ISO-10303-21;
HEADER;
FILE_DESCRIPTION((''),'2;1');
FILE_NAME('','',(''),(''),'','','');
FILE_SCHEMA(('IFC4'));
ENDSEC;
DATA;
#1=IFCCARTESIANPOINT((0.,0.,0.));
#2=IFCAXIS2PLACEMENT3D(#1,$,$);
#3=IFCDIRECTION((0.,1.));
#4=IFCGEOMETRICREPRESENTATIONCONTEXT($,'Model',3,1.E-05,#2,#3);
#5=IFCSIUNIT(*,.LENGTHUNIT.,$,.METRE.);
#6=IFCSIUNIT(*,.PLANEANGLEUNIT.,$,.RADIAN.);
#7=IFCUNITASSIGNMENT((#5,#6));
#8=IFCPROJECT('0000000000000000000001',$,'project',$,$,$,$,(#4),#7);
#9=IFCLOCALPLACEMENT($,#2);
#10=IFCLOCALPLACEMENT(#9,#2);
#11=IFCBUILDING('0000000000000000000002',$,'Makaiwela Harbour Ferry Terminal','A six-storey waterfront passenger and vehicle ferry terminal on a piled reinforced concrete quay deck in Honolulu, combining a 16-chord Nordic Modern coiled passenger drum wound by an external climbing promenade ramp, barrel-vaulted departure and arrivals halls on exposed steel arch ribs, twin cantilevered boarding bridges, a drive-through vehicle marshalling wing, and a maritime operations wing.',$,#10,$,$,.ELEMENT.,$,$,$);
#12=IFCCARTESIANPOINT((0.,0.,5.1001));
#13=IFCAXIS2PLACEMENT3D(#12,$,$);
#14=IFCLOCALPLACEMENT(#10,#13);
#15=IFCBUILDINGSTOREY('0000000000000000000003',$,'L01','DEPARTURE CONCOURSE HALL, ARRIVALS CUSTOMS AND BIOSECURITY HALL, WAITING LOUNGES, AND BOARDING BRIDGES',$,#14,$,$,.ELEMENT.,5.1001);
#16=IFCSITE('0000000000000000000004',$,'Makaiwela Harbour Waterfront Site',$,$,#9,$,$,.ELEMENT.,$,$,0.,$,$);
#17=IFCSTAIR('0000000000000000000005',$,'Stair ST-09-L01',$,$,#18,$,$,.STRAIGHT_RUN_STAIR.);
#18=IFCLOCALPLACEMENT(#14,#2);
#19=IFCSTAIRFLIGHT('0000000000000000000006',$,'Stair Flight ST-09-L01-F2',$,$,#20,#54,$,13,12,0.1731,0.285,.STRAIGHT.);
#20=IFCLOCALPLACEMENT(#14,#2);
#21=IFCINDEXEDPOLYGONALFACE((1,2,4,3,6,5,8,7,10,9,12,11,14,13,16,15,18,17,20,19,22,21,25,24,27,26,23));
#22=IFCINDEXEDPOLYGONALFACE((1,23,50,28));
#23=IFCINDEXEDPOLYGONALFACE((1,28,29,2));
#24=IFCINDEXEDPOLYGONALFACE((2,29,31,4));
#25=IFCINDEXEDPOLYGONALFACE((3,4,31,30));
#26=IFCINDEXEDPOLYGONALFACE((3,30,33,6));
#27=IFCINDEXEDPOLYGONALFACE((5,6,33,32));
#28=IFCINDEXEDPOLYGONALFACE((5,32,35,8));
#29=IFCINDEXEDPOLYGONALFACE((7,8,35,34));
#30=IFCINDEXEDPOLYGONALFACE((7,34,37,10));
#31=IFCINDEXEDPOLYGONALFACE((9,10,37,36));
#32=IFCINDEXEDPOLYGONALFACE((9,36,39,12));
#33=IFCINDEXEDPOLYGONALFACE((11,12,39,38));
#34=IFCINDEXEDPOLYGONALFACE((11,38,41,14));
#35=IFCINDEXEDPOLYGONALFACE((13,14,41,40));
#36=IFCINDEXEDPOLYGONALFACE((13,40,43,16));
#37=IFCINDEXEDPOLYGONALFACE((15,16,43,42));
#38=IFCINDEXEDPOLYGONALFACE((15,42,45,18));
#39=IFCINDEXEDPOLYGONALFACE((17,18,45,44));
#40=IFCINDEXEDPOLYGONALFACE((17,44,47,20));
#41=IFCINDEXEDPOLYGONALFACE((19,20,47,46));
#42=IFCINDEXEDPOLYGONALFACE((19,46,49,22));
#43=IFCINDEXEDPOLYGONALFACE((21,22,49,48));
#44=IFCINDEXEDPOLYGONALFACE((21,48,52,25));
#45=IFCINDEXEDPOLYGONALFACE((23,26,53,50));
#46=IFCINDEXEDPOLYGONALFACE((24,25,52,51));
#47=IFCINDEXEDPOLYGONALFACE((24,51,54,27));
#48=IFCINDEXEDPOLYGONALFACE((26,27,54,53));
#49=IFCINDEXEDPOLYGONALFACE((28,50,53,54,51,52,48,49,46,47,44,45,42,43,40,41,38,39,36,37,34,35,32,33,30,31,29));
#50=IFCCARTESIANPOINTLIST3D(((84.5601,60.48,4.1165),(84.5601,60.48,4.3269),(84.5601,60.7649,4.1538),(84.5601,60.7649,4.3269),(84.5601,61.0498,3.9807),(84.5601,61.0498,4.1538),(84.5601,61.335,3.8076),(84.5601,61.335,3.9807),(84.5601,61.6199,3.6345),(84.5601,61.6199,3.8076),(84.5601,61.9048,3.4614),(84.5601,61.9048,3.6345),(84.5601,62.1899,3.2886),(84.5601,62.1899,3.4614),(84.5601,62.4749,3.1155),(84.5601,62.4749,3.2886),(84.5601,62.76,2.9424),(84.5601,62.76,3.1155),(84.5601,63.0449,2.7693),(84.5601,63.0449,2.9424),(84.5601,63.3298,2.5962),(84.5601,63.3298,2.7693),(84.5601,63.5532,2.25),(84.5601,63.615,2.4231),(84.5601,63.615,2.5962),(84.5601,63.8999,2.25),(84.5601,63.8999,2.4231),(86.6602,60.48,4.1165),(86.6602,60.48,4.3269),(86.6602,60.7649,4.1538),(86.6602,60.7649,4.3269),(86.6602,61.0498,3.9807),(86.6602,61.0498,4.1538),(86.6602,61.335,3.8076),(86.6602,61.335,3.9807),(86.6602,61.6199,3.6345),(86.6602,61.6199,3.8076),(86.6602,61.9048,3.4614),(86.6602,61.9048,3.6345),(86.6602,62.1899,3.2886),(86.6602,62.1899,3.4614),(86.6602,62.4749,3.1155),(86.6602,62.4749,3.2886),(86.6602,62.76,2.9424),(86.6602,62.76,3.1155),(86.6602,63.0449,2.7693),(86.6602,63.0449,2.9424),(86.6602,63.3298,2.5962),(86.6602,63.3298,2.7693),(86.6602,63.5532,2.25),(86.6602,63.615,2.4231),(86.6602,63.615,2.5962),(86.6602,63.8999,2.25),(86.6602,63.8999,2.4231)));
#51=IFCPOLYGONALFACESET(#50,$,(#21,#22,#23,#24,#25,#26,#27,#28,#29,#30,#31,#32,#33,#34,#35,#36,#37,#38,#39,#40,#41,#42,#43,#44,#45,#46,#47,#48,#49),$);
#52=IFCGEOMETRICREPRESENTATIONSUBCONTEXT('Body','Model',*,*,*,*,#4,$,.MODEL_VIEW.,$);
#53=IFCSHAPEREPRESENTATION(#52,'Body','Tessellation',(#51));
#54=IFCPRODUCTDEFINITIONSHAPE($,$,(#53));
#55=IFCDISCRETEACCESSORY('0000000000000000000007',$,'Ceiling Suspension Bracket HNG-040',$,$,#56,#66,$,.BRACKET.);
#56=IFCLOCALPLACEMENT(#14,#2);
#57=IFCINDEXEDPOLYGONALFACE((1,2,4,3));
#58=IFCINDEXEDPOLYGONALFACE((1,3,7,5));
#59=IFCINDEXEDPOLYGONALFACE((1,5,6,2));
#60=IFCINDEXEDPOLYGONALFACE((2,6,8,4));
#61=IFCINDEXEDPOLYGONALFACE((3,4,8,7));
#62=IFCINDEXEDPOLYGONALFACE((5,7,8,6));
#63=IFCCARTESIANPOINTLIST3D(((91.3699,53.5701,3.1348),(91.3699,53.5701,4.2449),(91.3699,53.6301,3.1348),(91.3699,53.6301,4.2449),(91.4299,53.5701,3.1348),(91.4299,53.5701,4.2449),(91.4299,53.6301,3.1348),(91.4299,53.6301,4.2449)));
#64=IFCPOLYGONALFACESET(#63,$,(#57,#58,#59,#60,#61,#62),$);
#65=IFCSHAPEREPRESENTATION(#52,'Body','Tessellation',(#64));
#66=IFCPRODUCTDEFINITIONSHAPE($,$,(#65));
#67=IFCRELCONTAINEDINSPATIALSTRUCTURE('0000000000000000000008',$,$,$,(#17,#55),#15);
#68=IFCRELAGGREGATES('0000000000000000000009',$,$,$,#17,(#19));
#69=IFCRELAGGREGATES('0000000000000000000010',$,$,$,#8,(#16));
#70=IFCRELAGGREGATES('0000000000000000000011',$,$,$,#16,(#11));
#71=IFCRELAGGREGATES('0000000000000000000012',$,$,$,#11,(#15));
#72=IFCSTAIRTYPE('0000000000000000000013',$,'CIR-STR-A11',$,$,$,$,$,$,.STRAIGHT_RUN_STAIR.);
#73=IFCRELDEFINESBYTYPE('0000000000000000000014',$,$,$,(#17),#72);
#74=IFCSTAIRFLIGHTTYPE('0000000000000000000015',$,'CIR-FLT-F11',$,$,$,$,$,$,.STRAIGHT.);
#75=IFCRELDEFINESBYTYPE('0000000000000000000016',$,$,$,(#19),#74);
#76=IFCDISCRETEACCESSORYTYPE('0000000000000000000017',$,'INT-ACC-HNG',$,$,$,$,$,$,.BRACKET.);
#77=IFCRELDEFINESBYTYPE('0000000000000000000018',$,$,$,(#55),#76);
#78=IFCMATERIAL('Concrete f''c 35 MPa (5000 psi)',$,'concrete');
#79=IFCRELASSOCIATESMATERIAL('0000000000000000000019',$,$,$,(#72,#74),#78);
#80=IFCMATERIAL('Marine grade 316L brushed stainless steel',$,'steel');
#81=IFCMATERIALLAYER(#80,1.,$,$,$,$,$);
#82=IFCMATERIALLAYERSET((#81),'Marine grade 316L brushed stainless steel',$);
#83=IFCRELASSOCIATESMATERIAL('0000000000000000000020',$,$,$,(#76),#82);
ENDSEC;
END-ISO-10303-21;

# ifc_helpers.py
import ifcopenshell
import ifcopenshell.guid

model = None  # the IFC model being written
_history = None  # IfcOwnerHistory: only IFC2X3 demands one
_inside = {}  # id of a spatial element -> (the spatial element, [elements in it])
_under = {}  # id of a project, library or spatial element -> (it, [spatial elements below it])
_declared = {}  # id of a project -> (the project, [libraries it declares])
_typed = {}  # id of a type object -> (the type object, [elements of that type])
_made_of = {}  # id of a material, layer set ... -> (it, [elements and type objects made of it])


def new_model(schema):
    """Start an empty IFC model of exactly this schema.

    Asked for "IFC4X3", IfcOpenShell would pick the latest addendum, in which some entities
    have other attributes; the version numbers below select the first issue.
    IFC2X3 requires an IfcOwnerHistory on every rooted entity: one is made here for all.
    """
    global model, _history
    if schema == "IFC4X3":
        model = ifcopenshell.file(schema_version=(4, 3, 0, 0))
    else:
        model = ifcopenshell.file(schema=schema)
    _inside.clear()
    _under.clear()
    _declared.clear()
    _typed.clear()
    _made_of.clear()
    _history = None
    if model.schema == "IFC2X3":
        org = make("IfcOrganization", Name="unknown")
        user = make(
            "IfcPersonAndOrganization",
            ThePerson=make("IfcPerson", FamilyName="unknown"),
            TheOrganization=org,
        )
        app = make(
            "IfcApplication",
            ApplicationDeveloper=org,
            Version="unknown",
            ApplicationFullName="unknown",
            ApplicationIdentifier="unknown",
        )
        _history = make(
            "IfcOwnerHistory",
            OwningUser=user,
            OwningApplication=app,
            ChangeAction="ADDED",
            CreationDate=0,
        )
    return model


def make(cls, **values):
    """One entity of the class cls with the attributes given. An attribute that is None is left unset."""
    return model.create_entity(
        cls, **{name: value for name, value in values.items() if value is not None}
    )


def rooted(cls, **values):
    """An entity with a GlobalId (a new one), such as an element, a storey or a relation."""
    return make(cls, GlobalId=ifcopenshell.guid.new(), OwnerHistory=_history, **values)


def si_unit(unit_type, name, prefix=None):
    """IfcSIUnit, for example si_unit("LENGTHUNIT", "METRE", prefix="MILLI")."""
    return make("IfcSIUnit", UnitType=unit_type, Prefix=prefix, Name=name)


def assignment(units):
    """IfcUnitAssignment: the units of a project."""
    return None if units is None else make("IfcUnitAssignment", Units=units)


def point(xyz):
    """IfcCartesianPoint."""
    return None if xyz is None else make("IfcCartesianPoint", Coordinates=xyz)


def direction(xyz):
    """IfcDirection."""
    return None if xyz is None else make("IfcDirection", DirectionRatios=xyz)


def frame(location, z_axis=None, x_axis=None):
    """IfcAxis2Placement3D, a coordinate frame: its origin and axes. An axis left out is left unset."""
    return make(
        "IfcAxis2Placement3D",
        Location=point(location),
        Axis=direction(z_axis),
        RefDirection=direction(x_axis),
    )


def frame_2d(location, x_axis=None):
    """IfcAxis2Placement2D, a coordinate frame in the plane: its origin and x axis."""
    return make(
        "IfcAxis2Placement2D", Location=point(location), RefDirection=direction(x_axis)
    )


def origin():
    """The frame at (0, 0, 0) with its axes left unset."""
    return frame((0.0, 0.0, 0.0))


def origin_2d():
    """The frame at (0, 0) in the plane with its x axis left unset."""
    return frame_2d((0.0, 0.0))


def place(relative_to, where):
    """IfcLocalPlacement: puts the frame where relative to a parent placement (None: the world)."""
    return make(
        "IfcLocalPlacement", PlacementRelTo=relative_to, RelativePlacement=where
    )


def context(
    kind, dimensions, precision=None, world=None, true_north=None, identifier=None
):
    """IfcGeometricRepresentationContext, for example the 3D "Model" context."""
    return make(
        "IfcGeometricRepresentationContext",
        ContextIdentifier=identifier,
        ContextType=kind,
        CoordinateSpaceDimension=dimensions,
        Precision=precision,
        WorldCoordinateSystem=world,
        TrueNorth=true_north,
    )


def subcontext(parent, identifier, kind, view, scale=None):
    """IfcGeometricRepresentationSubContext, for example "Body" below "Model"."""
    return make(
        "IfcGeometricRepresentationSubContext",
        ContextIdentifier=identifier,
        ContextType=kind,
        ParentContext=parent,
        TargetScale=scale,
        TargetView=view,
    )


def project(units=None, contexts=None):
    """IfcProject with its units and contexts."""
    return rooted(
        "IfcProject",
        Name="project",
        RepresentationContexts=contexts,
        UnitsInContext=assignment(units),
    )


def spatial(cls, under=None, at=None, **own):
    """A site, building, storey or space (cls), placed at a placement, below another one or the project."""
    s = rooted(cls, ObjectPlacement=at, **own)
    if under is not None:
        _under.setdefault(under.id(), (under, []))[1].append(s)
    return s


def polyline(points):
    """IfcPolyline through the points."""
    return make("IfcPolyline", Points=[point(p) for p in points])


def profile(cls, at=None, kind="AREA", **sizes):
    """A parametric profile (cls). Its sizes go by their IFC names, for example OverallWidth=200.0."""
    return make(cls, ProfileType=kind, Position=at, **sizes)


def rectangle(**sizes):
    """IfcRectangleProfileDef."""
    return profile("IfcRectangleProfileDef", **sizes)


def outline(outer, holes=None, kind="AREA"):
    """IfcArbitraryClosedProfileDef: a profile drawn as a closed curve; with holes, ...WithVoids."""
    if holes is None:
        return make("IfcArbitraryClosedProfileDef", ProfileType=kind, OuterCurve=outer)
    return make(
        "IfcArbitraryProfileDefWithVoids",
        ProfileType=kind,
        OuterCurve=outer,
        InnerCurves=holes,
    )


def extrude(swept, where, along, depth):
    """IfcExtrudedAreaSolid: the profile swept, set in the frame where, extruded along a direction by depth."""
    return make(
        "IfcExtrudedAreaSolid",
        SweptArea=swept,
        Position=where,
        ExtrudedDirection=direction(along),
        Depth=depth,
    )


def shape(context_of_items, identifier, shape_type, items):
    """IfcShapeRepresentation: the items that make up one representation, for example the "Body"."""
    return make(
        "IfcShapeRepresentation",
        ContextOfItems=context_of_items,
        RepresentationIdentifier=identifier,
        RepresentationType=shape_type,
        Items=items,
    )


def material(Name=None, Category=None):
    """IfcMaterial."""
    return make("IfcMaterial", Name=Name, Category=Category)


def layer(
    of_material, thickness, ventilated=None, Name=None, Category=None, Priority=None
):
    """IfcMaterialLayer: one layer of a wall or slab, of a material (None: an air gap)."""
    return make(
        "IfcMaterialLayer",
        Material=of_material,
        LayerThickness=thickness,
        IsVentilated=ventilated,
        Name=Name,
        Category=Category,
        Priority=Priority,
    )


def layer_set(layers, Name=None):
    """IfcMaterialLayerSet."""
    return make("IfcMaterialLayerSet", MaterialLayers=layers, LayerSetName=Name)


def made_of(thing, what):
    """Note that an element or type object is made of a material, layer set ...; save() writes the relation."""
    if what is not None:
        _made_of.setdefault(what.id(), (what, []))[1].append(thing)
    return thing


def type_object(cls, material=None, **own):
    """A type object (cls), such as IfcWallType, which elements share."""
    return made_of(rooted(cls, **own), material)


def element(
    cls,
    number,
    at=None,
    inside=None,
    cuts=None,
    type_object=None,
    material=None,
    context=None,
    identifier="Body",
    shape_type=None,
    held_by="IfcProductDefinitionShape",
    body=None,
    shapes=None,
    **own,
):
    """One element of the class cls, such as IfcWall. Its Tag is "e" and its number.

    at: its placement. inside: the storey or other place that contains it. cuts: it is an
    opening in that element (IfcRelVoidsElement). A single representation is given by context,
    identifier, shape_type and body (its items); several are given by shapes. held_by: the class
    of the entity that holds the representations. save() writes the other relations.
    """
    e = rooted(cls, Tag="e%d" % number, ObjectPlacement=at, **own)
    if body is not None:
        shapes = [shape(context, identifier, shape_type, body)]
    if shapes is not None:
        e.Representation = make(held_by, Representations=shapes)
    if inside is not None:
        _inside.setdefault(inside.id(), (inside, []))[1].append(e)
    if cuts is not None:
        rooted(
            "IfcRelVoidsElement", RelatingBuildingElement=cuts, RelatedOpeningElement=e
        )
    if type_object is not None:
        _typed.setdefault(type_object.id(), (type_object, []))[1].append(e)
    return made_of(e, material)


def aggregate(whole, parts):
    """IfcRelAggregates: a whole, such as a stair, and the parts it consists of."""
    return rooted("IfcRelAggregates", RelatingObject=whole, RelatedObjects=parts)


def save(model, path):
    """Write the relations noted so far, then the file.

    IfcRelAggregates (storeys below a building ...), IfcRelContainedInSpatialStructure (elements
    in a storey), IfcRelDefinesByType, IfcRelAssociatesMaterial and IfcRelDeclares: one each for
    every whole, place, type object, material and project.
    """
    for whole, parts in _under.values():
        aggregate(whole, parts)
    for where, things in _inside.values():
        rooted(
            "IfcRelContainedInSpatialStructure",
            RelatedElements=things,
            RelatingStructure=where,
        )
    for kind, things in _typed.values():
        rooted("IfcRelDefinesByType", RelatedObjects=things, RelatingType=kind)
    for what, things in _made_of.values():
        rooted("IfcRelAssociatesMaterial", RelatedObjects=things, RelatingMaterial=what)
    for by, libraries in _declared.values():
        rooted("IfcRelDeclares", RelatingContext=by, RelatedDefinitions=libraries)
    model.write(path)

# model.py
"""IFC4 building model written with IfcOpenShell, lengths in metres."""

from ifc_helpers import new_model, si_unit, direction, frame, origin, origin_2d, place, context, subcontext, project, spatial, polyline, rectangle, outline, extrude, material, layer, layer_set, type_object, element, aggregate, save


model = new_model("IFC4")

# Units and contexts
model_context = context("Model", 3, precision=1e-05, world=origin(), true_north=direction((0.0, 1.0)))
body_context = subcontext(model_context, "Body", "Model", "MODEL_VIEW")
ifc_project = project(units=[si_unit("LENGTHUNIT", "METRE"), si_unit("PLANEANGLEUNIT", "RADIAN")], contexts=[model_context])

# Site, building, storey
site_placement = place(None, origin())
site = spatial("IfcSite", under=ifc_project, at=site_placement, Name="Makaiwela Harbour Waterfront Site", CompositionType="ELEMENT", RefElevation=0.0)
building_placement = place(site_placement, origin())
building = spatial("IfcBuilding", under=site, at=building_placement, Name="Makaiwela Harbour Ferry Terminal", Description="A six-storey waterfront passenger and vehicle ferry terminal on a piled reinforced concrete quay deck in Honolulu, combining a 16-chord Nordic Modern coiled passenger drum wound by an external climbing promenade ramp, barrel-vaulted departure and arrivals halls on exposed steel arch ribs, twin cantilevered boarding bridges, a drive-through vehicle marshalling wing, and a maritime operations wing.", CompositionType="ELEMENT")
storey_placement = place(building_placement, frame((0.0, 0.0, 5.1001)))
storey = spatial("IfcBuildingStorey", under=building, at=storey_placement, Name="L01", Description="DEPARTURE CONCOURSE HALL, ARRIVALS CUSTOMS AND BIOSECURITY HALL, WAITING LOUNGES, AND BOARDING BRIDGES", CompositionType="ELEMENT", Elevation=5.1001)

# Stair, stair flight
ifc_material_1 = material(Name="Concrete f'c 35 MPa (5000 psi)", Category="concrete")
stair_type = type_object("IfcStairType", Name="CIR-STR-A11", PredefinedType="STRAIGHT_RUN_STAIR", material=ifc_material_1)
stair_placement = place(storey_placement, origin())
stair = element("IfcStair", 1, at=stair_placement, inside=storey, type_object=stair_type, Name="Stair ST-09-L01", PredefinedType="STRAIGHT_RUN_STAIR")
stair_flight_type = type_object("IfcStairFlightType", Name="CIR-FLT-F11", PredefinedType="STRAIGHT", material=ifc_material_1)
stair_flight_1_placement = place(storey_placement, frame((85.6101, 63.8999, 2.25), z_axis=(0.0, 0.0, 1.0), x_axis=(0.0, -1.0, 0.0)))
stair_flight_1 = element("IfcStairFlight", 2, at=stair_flight_1_placement, type_object=stair_flight_type, Name="Stair Flight ST-09-L01-F2", NumberOfRisers=13, NumberOfTreads=12, PredefinedType="STRAIGHT", RiserHeight=0.1731, TreadLength=0.285, context=body_context, shape_type="SweptSolid", body=[
    extrude(outline(polyline([(0.0, 0.0), (0.0, 0.1731), (0.2849, 0.1731), (0.2849, 0.3462), (0.5701, 0.3462), (0.5701, 0.5193), (0.855, 0.5193), (0.855, 0.6924), (1.1399, 0.6924), (1.1399, 0.8655), (1.425, 0.8655), (1.425, 1.0386), (1.71, 1.0386), (1.71, 1.2114), (1.9951, 1.2114), (1.9951, 1.3845), (2.28, 1.3845), (2.28, 1.5576), (2.5649, 1.5576), (2.5649, 1.7307), (2.8501, 1.7307), (2.8501, 1.9038), (3.135, 1.9038), (3.135, 2.0769), (3.4199, 2.0769), (3.4199, 2.25), (3.4199, 1.8665), (0.3467, 0.0), (0.0, 0.0)])), frame((0.0, 1.05, 0.0), z_axis=(0.0, -1.0, 0.0), x_axis=(1.0, 0.0, 0.0)), (0.0, 0.0, 1.0), 2.1001),
])
aggregate(stair, [stair_flight_1])

# Shared definitions
ifc_material_2 = material(Name="Marine grade 316L brushed stainless steel", Category="steel")

# Discrete accessory
ifc_layer_1 = layer(ifc_material_2, 1.0)
ifc_layer_set_1 = layer_set([ifc_layer_1], Name="Marine grade 316L brushed stainless steel")
discrete_accessory_type = type_object("IfcDiscreteAccessoryType", Name="INT-ACC-HNG", PredefinedType="BRACKET", material=ifc_layer_set_1)
discrete_accessory_placement = place(storey_placement, frame((91.3999, 53.6001, 3.1348), z_axis=(0.0, 0.0, 1.0), x_axis=(1.0, 0.0, 0.0)))
element("IfcDiscreteAccessory", 3, at=discrete_accessory_placement, inside=storey, type_object=discrete_accessory_type, Name="Ceiling Suspension Bracket HNG-040", PredefinedType="BRACKET", context=body_context, shape_type="SweptSolid", body=[
    extrude(rectangle(XDim=0.0601, YDim=0.0601, at=origin_2d()), origin(), (0.0, 0.0, 1.0), 1.1101),
])

save(model, "model.ifc")
